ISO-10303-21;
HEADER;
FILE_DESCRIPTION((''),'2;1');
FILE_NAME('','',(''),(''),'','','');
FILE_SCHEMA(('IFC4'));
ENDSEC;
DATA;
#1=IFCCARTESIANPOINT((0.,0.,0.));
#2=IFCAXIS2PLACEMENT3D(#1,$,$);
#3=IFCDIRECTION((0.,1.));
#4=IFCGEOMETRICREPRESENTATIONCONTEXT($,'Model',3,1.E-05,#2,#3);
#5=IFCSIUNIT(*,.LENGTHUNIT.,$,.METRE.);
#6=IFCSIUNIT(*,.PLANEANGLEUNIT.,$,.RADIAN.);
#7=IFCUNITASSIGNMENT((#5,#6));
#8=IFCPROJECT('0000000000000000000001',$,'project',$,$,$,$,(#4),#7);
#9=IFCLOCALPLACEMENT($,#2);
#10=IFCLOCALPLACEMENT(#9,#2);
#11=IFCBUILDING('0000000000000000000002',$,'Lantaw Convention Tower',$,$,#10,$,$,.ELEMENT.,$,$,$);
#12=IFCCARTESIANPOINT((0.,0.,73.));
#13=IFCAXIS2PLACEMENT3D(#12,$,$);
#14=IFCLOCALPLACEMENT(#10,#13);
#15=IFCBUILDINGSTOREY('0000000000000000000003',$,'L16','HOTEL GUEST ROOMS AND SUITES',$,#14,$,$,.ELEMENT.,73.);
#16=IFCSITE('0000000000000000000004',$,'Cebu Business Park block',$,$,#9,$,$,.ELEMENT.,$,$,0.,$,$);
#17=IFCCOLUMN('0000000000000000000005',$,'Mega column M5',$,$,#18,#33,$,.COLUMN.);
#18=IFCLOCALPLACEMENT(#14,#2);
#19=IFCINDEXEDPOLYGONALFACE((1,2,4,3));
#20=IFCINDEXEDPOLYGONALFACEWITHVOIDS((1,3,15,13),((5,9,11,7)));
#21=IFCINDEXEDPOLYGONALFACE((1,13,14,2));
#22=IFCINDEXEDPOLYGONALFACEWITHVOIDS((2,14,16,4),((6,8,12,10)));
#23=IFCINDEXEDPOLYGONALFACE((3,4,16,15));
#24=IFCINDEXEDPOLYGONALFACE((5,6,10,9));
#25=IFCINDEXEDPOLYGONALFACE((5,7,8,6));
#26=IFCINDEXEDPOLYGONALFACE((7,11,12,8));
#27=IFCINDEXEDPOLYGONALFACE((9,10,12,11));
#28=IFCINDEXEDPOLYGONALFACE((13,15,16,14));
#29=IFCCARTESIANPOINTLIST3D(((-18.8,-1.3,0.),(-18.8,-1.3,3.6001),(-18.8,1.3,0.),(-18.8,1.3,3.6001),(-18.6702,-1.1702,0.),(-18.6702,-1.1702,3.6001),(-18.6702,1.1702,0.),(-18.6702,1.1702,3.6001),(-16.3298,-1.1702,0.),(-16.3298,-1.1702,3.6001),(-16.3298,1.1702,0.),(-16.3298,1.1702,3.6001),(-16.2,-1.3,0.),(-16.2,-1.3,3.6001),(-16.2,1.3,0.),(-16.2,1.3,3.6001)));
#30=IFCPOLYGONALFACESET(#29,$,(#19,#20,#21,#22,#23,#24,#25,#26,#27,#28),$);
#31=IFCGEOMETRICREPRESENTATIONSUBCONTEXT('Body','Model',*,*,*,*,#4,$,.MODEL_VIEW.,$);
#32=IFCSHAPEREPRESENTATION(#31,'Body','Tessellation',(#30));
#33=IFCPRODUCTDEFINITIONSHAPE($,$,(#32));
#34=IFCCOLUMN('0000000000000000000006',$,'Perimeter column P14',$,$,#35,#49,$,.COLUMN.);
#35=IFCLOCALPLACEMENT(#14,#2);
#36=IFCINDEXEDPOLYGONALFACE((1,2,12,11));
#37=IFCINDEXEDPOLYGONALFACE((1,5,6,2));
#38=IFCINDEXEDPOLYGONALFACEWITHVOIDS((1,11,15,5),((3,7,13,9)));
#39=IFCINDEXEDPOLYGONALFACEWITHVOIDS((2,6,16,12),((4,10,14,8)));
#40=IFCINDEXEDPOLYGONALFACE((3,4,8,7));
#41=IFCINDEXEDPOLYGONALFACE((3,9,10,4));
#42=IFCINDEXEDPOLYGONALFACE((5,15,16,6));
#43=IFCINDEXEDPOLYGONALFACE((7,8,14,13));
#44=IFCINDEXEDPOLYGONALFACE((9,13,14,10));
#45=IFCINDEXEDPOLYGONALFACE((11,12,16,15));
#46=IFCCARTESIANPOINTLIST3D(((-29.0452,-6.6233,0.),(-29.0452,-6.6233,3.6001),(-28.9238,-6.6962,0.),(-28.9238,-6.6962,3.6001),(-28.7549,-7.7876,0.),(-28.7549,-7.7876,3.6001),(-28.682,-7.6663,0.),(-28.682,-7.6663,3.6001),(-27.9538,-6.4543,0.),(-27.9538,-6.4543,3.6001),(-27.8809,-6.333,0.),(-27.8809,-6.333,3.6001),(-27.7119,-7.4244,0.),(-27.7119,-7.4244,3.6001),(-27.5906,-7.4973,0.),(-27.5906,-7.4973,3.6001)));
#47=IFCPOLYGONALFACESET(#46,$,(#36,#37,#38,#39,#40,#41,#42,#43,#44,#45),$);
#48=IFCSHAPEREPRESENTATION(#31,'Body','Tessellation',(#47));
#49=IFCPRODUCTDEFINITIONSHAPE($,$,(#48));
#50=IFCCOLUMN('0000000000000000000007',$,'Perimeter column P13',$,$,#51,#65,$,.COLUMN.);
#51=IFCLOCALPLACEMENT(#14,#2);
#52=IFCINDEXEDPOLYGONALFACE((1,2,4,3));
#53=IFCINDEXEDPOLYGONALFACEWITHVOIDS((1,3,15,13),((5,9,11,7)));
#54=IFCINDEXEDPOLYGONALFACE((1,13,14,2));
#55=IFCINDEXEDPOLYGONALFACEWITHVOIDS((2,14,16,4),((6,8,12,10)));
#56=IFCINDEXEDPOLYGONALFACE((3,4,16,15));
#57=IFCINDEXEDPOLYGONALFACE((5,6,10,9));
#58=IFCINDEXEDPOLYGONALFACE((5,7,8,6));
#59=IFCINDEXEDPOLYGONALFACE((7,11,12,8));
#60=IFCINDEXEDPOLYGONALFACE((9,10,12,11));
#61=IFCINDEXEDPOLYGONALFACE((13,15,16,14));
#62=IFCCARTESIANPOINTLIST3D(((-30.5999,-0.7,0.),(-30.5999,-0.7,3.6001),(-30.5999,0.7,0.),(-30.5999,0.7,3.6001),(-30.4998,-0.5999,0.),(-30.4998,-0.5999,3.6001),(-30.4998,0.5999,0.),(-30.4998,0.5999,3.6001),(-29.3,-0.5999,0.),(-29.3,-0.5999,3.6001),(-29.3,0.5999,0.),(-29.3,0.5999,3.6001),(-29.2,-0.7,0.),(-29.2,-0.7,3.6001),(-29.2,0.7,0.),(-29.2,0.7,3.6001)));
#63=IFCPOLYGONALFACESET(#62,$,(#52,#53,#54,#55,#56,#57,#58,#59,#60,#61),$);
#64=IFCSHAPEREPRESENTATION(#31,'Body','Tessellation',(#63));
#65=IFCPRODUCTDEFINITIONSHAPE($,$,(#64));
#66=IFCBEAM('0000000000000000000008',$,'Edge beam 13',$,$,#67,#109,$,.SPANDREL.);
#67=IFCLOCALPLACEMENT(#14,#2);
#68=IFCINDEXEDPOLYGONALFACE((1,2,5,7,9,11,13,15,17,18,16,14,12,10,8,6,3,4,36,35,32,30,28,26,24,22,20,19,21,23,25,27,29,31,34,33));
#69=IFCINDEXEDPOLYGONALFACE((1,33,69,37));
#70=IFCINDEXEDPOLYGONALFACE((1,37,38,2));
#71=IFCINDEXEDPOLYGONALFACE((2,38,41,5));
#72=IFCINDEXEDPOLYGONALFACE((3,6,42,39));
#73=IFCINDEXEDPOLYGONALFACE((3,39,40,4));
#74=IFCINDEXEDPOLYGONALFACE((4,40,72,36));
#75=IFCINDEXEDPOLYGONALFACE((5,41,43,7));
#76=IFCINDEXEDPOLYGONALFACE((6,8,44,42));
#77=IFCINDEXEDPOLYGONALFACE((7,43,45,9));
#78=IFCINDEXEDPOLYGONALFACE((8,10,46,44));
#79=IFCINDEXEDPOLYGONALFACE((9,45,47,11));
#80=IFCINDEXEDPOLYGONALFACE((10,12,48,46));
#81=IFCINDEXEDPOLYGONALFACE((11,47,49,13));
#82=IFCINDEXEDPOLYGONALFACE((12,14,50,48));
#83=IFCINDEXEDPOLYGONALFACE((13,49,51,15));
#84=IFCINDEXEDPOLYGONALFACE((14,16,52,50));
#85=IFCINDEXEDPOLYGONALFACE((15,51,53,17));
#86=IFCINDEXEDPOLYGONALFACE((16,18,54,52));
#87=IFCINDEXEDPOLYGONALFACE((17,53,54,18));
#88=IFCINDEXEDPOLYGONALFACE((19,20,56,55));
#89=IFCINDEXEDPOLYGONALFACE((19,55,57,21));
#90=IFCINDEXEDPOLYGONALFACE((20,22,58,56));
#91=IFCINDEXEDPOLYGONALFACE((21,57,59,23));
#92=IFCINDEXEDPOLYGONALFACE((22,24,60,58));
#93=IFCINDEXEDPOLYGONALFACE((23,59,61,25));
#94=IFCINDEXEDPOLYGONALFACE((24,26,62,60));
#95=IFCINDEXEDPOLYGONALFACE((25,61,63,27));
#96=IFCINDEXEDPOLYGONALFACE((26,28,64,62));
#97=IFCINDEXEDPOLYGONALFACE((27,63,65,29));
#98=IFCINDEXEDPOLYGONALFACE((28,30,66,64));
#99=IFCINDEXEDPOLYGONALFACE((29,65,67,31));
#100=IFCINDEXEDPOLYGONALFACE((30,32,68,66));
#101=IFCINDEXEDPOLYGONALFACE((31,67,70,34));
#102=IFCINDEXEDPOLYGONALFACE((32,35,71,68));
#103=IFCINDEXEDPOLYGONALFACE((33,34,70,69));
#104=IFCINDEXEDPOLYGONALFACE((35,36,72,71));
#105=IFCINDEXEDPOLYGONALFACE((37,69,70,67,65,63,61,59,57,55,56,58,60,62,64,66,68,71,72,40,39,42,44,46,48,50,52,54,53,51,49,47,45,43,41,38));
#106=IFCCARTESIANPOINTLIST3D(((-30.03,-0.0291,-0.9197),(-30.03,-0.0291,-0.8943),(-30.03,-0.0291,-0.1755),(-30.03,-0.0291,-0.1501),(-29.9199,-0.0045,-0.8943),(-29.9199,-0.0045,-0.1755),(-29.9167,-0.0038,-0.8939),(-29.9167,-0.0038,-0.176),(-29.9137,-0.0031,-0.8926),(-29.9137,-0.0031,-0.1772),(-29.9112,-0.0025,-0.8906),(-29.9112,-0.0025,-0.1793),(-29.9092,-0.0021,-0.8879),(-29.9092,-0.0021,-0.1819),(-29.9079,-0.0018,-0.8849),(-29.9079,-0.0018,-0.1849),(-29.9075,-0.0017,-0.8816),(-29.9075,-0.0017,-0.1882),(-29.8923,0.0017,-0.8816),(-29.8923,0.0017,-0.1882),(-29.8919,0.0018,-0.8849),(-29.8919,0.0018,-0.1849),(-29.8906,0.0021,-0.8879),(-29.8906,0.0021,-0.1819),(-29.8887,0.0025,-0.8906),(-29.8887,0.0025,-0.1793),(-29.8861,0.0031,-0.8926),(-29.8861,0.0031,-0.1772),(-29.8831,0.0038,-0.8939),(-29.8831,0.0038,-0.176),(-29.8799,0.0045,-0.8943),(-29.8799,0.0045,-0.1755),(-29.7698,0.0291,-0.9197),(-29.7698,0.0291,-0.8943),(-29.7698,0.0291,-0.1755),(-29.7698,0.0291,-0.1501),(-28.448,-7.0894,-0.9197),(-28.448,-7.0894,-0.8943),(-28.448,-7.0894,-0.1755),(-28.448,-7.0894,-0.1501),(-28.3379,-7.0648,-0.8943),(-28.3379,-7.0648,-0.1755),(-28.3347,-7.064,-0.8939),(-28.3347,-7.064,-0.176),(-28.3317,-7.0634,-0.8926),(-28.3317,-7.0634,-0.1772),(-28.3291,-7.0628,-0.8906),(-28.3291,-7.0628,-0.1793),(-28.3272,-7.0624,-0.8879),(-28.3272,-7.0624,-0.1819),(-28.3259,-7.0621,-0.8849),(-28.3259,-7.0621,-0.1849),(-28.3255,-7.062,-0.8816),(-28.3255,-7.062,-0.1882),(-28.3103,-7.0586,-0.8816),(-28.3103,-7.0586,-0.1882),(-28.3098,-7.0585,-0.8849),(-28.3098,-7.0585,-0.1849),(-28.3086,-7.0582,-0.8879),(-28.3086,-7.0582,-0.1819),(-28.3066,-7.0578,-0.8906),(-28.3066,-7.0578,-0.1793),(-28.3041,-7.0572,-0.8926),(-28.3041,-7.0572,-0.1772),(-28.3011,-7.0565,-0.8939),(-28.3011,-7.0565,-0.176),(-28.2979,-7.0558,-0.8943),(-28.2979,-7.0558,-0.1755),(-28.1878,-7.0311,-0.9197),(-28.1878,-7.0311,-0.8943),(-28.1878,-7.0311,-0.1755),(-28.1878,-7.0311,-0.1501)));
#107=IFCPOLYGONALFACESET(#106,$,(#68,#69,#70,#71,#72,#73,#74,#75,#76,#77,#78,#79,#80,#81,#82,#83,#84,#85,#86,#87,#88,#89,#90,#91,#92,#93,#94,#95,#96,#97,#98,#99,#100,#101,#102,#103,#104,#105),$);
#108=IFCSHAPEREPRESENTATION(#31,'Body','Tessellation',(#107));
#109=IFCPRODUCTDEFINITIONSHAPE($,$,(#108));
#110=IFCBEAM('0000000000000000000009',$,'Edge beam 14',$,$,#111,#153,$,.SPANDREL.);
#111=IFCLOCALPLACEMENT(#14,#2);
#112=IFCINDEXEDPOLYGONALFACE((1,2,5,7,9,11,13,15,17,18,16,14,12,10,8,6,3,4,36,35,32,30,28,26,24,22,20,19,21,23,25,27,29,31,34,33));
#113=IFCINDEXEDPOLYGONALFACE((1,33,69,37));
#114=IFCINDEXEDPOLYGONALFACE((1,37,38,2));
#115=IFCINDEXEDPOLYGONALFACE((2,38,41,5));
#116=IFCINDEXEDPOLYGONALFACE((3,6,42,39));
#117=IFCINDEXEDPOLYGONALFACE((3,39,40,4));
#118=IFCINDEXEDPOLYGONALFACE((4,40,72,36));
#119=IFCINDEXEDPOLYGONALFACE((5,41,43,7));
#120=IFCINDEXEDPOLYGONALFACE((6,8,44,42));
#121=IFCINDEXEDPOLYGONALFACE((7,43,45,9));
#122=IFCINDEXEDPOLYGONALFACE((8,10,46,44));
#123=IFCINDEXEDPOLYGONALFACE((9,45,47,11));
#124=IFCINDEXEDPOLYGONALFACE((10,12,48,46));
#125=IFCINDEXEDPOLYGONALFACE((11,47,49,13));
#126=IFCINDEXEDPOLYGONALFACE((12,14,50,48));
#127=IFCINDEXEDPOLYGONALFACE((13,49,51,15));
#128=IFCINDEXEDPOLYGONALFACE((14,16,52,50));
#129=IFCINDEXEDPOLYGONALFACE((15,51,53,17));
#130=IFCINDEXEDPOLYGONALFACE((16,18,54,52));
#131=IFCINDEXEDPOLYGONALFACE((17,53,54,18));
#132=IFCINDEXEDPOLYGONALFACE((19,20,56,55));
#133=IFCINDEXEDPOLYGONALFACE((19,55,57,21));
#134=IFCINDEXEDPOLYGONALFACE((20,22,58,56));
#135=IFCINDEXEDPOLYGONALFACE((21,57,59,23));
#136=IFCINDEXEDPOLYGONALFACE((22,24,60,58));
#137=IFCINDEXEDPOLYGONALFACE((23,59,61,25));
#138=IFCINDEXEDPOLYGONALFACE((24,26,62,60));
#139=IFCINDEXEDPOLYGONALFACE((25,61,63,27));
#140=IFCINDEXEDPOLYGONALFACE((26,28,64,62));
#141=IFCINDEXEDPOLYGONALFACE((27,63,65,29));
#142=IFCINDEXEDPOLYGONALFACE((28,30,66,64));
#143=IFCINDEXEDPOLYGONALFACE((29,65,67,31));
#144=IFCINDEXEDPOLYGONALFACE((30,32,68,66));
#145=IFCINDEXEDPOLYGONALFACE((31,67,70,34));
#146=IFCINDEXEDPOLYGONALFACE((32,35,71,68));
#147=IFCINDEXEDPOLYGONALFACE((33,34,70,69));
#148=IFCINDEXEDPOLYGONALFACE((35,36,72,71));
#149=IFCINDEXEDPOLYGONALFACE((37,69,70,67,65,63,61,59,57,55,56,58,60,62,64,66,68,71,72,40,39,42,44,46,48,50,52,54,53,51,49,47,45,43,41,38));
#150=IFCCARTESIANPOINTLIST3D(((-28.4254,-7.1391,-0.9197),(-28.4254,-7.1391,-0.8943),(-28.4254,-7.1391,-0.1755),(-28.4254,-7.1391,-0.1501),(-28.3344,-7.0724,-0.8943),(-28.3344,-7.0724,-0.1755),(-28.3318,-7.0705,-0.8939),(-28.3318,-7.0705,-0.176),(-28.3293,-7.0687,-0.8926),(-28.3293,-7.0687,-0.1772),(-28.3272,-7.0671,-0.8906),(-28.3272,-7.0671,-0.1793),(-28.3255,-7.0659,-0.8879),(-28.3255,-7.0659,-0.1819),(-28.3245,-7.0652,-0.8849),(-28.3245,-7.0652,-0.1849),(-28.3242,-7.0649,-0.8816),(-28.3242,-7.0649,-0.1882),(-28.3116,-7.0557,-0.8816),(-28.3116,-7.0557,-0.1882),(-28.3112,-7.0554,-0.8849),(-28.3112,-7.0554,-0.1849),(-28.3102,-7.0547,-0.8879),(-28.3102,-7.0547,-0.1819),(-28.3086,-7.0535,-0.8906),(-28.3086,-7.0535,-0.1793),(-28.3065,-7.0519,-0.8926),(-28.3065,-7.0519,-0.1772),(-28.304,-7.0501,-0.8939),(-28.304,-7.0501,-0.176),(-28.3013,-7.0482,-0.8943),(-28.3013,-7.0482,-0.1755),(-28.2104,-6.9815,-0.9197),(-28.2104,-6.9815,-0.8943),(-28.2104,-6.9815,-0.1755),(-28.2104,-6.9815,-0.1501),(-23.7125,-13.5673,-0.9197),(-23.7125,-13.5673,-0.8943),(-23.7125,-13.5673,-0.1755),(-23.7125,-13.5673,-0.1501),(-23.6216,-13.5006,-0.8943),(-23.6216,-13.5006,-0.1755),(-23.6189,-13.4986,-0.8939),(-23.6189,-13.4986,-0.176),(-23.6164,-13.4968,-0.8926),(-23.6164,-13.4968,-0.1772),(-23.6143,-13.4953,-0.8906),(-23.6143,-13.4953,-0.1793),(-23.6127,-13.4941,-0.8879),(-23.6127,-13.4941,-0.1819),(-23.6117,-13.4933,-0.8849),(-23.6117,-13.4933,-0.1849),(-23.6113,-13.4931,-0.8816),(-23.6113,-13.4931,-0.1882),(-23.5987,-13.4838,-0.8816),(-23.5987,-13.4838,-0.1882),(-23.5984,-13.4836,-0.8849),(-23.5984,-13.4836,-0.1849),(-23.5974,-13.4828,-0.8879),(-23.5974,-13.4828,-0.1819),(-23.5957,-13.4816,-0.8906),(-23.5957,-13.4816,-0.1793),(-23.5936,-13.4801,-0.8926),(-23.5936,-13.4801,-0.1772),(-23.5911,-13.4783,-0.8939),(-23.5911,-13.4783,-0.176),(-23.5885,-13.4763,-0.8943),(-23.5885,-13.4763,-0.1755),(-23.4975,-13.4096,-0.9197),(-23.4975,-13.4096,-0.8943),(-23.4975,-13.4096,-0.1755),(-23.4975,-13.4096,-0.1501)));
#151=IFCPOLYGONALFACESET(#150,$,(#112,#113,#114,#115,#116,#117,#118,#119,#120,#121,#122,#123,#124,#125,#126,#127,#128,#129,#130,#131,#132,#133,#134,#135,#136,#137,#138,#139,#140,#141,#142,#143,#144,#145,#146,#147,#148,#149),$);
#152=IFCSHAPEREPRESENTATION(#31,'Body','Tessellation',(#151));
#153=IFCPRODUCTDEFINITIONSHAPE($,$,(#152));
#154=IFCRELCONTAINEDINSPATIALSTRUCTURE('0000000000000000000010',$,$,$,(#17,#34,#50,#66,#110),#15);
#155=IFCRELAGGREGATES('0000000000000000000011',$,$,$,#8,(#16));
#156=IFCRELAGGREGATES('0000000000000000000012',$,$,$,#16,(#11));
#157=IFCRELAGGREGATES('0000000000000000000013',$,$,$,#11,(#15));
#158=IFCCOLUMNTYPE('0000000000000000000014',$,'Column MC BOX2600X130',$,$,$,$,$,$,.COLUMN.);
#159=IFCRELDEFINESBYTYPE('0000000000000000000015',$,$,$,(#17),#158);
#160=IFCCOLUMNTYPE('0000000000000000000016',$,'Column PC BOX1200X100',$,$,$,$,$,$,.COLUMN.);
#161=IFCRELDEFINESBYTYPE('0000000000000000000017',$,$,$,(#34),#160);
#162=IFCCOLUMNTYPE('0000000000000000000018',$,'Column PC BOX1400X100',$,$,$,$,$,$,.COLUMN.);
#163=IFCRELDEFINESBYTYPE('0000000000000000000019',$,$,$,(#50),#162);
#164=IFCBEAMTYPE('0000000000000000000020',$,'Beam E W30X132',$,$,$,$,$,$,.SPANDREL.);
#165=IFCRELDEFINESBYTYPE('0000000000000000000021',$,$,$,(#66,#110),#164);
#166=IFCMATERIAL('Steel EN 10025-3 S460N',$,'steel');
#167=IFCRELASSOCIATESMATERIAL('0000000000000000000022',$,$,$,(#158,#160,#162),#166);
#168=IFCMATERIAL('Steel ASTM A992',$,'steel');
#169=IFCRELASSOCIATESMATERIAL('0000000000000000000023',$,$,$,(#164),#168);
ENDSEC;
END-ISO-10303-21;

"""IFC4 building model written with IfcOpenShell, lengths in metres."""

from ifc_helpers import new_model, si_unit, direction, frame, origin, origin_2d, place, context, subcontext, project, spatial, rectangle, hollow_rectangle, i_section, extrude, material, material_profile, profile_set, type_object, element, save


model = new_model("IFC4")

# Units and contexts
model_context = context("Model", 3, precision=1e-05, world=origin(), true_north=direction((0.0, 1.0)))
body_context = subcontext(model_context, "Body", "Model", "MODEL_VIEW")
ifc_project = project(units=[si_unit("LENGTHUNIT", "METRE"), si_unit("PLANEANGLEUNIT", "RADIAN")], contexts=[model_context])

# Site, building, storey
site_placement = place(None, origin())
site = spatial("IfcSite", under=ifc_project, at=site_placement, Name="Cebu Business Park block", CompositionType="ELEMENT", RefElevation=0.0)
building_placement = place(site_placement, origin())
building = spatial("IfcBuilding", under=site, at=building_placement, Name="Lantaw Convention Tower", CompositionType="ELEMENT")
storey_placement = place(building_placement, frame((0.0, 0.0, 73.0)))
storey = spatial("IfcBuildingStorey", under=building, at=storey_placement, Name="L16", Description="HOTEL GUEST ROOMS AND SUITES", CompositionType="ELEMENT", Elevation=73.0)

# Columns
ifc_material_1 = material(Name="Steel EN 10025-3 S460N", Category="steel")
ifc_material_profile_1 = material_profile(ifc_material_1, hollow_rectangle(XDim=2.6001, YDim=2.6001, WallThickness=0.1299, at=origin_2d()), Name="BOX2600X130")
ifc_material_2 = material(Name="Concrete C60/75", Category="concrete")
ifc_material_profile_2 = material_profile(ifc_material_2, rectangle(XDim=2.3401, YDim=2.3401, at=origin_2d()), Name="Concrete fill of BOX2600X130")
ifc_profile_set_1 = profile_set([ifc_material_profile_1, ifc_material_profile_2], Name="Steel EN 10025-3 S460N")
column_type_1 = type_object("IfcColumnType", Name="Column MC BOX2600X130", PredefinedType="COLUMN", material=ifc_profile_set_1)
column_1_placement = place(storey_placement, frame((-17.5, 0.0, 0.0), z_axis=(0.0, 0.0, 1.0), x_axis=(1.0, 0.0, 0.0)))
element("IfcColumn", 1, at=column_1_placement, inside=storey, type_object=column_type_1, Name="Mega column M5", PredefinedType="COLUMN", context=body_context, shape_type="SweptSolid", body=[
    extrude(hollow_rectangle(XDim=2.6001, YDim=2.6001, WallThickness=0.1299, at=origin_2d()), origin(), (0.0, 0.0, 1.0), 3.6001),
])
ifc_material_profile_3 = material_profile(ifc_material_1, hollow_rectangle(XDim=1.2, YDim=1.2, WallThickness=0.1001, at=origin_2d()), Name="BOX1200X100")
ifc_material_profile_4 = material_profile(ifc_material_2, rectangle(XDim=1.0, YDim=1.0, at=origin_2d()), Name="Concrete fill of BOX1200X100")
ifc_profile_set_2 = profile_set([ifc_material_profile_3, ifc_material_profile_4], Name="Steel EN 10025-3 S460N")
column_type_2 = type_object("IfcColumnType", Name="Column PC BOX1200X100", PredefinedType="COLUMN", material=ifc_profile_set_2)
column_2_placement = place(storey_placement, frame((-28.3179, -7.0603, 0.0), z_axis=(0.0, 0.0, 1.0), x_axis=(0.970296, 0.241922, 0.0)))
element("IfcColumn", 2, at=column_2_placement, inside=storey, type_object=column_type_2, Name="Perimeter column P14", PredefinedType="COLUMN", context=body_context, shape_type="SweptSolid", body=[
    extrude(hollow_rectangle(XDim=1.2, YDim=1.2, WallThickness=0.1001, at=origin_2d()), origin(), (0.0, 0.0, 1.0), 3.6001),
])
ifc_material_profile_5 = material_profile(ifc_material_1, hollow_rectangle(XDim=1.3999, YDim=1.3999, WallThickness=0.1001, at=origin_2d()), Name="BOX1400X100")
ifc_material_profile_6 = material_profile(ifc_material_2, rectangle(XDim=1.2, YDim=1.2, at=origin_2d()), Name="Concrete fill of BOX1400X100")
ifc_profile_set_3 = profile_set([ifc_material_profile_5, ifc_material_profile_6], Name="Steel EN 10025-3 S460N")
column_type_3 = type_object("IfcColumnType", Name="Column PC BOX1400X100", PredefinedType="COLUMN", material=ifc_profile_set_3)
column_3_placement = place(storey_placement, frame((-29.8999, 0.0, 0.0), z_axis=(0.0, 0.0, 1.0), x_axis=(1.0, 0.0, 0.0)))
element("IfcColumn", 3, at=column_3_placement, inside=storey, type_object=column_type_3, Name="Perimeter column P13", PredefinedType="COLUMN", context=body_context, shape_type="SweptSolid", body=[
    extrude(hollow_rectangle(XDim=1.3999, YDim=1.3999, WallThickness=0.1001, at=origin_2d()), origin(), (0.0, 0.0, 1.0), 3.6001),
])

# Beams
ifc_material_3 = material(Name="Steel ASTM A992", Category="steel")
ifc_material_profile_7 = material_profile(ifc_material_3, i_section(OverallWidth=0.2666, OverallDepth=0.7695, WebThickness=0.0156, FlangeThickness=0.0254, FilletRadius=0.0127, at=origin_2d()), Name="W30X132")
ifc_profile_set_4 = profile_set([ifc_material_profile_7], Name="Steel ASTM A992")
beam_type_1 = type_object("IfcBeamType", Name="Beam E W30X132", PredefinedType="SPANDREL", material=ifc_profile_set_4)
beam_1_placement = place(storey_placement, frame((-29.8999, 0.0, -0.5349), z_axis=(0.218652, -0.975803, 0.0), x_axis=(0.975803, 0.218652, 0.0)))
element("IfcBeam", 4, at=beam_1_placement, inside=storey, type_object=beam_type_1, Name="Edge beam 13", PredefinedType="SPANDREL", context=body_context, shape_type="SweptSolid", body=[
    extrude(i_section(OverallWidth=0.2666, OverallDepth=0.7695, WebThickness=0.0156, FlangeThickness=0.0254, FilletRadius=0.0127, at=origin_2d()), origin(), (0.0, 0.0, 1.0), 7.2354),
])
beam_2_placement = place(storey_placement, frame((-28.3179, -7.0603, -0.5349), z_axis=(0.591271, -0.806473, 0.0), x_axis=(0.806473, 0.591271, 0.0)))
element("IfcBeam", 5, at=beam_2_placement, inside=storey, type_object=beam_type_1, Name="Edge beam 14", PredefinedType="SPANDREL", context=body_context, shape_type="SweptSolid", body=[
    extrude(i_section(OverallWidth=0.2666, OverallDepth=0.7695, WebThickness=0.0156, FlangeThickness=0.0254, FilletRadius=0.0127, at=origin_2d()), origin(), (0.0, 0.0, 1.0), 7.9707),
])

save(model, "model.ifc")
